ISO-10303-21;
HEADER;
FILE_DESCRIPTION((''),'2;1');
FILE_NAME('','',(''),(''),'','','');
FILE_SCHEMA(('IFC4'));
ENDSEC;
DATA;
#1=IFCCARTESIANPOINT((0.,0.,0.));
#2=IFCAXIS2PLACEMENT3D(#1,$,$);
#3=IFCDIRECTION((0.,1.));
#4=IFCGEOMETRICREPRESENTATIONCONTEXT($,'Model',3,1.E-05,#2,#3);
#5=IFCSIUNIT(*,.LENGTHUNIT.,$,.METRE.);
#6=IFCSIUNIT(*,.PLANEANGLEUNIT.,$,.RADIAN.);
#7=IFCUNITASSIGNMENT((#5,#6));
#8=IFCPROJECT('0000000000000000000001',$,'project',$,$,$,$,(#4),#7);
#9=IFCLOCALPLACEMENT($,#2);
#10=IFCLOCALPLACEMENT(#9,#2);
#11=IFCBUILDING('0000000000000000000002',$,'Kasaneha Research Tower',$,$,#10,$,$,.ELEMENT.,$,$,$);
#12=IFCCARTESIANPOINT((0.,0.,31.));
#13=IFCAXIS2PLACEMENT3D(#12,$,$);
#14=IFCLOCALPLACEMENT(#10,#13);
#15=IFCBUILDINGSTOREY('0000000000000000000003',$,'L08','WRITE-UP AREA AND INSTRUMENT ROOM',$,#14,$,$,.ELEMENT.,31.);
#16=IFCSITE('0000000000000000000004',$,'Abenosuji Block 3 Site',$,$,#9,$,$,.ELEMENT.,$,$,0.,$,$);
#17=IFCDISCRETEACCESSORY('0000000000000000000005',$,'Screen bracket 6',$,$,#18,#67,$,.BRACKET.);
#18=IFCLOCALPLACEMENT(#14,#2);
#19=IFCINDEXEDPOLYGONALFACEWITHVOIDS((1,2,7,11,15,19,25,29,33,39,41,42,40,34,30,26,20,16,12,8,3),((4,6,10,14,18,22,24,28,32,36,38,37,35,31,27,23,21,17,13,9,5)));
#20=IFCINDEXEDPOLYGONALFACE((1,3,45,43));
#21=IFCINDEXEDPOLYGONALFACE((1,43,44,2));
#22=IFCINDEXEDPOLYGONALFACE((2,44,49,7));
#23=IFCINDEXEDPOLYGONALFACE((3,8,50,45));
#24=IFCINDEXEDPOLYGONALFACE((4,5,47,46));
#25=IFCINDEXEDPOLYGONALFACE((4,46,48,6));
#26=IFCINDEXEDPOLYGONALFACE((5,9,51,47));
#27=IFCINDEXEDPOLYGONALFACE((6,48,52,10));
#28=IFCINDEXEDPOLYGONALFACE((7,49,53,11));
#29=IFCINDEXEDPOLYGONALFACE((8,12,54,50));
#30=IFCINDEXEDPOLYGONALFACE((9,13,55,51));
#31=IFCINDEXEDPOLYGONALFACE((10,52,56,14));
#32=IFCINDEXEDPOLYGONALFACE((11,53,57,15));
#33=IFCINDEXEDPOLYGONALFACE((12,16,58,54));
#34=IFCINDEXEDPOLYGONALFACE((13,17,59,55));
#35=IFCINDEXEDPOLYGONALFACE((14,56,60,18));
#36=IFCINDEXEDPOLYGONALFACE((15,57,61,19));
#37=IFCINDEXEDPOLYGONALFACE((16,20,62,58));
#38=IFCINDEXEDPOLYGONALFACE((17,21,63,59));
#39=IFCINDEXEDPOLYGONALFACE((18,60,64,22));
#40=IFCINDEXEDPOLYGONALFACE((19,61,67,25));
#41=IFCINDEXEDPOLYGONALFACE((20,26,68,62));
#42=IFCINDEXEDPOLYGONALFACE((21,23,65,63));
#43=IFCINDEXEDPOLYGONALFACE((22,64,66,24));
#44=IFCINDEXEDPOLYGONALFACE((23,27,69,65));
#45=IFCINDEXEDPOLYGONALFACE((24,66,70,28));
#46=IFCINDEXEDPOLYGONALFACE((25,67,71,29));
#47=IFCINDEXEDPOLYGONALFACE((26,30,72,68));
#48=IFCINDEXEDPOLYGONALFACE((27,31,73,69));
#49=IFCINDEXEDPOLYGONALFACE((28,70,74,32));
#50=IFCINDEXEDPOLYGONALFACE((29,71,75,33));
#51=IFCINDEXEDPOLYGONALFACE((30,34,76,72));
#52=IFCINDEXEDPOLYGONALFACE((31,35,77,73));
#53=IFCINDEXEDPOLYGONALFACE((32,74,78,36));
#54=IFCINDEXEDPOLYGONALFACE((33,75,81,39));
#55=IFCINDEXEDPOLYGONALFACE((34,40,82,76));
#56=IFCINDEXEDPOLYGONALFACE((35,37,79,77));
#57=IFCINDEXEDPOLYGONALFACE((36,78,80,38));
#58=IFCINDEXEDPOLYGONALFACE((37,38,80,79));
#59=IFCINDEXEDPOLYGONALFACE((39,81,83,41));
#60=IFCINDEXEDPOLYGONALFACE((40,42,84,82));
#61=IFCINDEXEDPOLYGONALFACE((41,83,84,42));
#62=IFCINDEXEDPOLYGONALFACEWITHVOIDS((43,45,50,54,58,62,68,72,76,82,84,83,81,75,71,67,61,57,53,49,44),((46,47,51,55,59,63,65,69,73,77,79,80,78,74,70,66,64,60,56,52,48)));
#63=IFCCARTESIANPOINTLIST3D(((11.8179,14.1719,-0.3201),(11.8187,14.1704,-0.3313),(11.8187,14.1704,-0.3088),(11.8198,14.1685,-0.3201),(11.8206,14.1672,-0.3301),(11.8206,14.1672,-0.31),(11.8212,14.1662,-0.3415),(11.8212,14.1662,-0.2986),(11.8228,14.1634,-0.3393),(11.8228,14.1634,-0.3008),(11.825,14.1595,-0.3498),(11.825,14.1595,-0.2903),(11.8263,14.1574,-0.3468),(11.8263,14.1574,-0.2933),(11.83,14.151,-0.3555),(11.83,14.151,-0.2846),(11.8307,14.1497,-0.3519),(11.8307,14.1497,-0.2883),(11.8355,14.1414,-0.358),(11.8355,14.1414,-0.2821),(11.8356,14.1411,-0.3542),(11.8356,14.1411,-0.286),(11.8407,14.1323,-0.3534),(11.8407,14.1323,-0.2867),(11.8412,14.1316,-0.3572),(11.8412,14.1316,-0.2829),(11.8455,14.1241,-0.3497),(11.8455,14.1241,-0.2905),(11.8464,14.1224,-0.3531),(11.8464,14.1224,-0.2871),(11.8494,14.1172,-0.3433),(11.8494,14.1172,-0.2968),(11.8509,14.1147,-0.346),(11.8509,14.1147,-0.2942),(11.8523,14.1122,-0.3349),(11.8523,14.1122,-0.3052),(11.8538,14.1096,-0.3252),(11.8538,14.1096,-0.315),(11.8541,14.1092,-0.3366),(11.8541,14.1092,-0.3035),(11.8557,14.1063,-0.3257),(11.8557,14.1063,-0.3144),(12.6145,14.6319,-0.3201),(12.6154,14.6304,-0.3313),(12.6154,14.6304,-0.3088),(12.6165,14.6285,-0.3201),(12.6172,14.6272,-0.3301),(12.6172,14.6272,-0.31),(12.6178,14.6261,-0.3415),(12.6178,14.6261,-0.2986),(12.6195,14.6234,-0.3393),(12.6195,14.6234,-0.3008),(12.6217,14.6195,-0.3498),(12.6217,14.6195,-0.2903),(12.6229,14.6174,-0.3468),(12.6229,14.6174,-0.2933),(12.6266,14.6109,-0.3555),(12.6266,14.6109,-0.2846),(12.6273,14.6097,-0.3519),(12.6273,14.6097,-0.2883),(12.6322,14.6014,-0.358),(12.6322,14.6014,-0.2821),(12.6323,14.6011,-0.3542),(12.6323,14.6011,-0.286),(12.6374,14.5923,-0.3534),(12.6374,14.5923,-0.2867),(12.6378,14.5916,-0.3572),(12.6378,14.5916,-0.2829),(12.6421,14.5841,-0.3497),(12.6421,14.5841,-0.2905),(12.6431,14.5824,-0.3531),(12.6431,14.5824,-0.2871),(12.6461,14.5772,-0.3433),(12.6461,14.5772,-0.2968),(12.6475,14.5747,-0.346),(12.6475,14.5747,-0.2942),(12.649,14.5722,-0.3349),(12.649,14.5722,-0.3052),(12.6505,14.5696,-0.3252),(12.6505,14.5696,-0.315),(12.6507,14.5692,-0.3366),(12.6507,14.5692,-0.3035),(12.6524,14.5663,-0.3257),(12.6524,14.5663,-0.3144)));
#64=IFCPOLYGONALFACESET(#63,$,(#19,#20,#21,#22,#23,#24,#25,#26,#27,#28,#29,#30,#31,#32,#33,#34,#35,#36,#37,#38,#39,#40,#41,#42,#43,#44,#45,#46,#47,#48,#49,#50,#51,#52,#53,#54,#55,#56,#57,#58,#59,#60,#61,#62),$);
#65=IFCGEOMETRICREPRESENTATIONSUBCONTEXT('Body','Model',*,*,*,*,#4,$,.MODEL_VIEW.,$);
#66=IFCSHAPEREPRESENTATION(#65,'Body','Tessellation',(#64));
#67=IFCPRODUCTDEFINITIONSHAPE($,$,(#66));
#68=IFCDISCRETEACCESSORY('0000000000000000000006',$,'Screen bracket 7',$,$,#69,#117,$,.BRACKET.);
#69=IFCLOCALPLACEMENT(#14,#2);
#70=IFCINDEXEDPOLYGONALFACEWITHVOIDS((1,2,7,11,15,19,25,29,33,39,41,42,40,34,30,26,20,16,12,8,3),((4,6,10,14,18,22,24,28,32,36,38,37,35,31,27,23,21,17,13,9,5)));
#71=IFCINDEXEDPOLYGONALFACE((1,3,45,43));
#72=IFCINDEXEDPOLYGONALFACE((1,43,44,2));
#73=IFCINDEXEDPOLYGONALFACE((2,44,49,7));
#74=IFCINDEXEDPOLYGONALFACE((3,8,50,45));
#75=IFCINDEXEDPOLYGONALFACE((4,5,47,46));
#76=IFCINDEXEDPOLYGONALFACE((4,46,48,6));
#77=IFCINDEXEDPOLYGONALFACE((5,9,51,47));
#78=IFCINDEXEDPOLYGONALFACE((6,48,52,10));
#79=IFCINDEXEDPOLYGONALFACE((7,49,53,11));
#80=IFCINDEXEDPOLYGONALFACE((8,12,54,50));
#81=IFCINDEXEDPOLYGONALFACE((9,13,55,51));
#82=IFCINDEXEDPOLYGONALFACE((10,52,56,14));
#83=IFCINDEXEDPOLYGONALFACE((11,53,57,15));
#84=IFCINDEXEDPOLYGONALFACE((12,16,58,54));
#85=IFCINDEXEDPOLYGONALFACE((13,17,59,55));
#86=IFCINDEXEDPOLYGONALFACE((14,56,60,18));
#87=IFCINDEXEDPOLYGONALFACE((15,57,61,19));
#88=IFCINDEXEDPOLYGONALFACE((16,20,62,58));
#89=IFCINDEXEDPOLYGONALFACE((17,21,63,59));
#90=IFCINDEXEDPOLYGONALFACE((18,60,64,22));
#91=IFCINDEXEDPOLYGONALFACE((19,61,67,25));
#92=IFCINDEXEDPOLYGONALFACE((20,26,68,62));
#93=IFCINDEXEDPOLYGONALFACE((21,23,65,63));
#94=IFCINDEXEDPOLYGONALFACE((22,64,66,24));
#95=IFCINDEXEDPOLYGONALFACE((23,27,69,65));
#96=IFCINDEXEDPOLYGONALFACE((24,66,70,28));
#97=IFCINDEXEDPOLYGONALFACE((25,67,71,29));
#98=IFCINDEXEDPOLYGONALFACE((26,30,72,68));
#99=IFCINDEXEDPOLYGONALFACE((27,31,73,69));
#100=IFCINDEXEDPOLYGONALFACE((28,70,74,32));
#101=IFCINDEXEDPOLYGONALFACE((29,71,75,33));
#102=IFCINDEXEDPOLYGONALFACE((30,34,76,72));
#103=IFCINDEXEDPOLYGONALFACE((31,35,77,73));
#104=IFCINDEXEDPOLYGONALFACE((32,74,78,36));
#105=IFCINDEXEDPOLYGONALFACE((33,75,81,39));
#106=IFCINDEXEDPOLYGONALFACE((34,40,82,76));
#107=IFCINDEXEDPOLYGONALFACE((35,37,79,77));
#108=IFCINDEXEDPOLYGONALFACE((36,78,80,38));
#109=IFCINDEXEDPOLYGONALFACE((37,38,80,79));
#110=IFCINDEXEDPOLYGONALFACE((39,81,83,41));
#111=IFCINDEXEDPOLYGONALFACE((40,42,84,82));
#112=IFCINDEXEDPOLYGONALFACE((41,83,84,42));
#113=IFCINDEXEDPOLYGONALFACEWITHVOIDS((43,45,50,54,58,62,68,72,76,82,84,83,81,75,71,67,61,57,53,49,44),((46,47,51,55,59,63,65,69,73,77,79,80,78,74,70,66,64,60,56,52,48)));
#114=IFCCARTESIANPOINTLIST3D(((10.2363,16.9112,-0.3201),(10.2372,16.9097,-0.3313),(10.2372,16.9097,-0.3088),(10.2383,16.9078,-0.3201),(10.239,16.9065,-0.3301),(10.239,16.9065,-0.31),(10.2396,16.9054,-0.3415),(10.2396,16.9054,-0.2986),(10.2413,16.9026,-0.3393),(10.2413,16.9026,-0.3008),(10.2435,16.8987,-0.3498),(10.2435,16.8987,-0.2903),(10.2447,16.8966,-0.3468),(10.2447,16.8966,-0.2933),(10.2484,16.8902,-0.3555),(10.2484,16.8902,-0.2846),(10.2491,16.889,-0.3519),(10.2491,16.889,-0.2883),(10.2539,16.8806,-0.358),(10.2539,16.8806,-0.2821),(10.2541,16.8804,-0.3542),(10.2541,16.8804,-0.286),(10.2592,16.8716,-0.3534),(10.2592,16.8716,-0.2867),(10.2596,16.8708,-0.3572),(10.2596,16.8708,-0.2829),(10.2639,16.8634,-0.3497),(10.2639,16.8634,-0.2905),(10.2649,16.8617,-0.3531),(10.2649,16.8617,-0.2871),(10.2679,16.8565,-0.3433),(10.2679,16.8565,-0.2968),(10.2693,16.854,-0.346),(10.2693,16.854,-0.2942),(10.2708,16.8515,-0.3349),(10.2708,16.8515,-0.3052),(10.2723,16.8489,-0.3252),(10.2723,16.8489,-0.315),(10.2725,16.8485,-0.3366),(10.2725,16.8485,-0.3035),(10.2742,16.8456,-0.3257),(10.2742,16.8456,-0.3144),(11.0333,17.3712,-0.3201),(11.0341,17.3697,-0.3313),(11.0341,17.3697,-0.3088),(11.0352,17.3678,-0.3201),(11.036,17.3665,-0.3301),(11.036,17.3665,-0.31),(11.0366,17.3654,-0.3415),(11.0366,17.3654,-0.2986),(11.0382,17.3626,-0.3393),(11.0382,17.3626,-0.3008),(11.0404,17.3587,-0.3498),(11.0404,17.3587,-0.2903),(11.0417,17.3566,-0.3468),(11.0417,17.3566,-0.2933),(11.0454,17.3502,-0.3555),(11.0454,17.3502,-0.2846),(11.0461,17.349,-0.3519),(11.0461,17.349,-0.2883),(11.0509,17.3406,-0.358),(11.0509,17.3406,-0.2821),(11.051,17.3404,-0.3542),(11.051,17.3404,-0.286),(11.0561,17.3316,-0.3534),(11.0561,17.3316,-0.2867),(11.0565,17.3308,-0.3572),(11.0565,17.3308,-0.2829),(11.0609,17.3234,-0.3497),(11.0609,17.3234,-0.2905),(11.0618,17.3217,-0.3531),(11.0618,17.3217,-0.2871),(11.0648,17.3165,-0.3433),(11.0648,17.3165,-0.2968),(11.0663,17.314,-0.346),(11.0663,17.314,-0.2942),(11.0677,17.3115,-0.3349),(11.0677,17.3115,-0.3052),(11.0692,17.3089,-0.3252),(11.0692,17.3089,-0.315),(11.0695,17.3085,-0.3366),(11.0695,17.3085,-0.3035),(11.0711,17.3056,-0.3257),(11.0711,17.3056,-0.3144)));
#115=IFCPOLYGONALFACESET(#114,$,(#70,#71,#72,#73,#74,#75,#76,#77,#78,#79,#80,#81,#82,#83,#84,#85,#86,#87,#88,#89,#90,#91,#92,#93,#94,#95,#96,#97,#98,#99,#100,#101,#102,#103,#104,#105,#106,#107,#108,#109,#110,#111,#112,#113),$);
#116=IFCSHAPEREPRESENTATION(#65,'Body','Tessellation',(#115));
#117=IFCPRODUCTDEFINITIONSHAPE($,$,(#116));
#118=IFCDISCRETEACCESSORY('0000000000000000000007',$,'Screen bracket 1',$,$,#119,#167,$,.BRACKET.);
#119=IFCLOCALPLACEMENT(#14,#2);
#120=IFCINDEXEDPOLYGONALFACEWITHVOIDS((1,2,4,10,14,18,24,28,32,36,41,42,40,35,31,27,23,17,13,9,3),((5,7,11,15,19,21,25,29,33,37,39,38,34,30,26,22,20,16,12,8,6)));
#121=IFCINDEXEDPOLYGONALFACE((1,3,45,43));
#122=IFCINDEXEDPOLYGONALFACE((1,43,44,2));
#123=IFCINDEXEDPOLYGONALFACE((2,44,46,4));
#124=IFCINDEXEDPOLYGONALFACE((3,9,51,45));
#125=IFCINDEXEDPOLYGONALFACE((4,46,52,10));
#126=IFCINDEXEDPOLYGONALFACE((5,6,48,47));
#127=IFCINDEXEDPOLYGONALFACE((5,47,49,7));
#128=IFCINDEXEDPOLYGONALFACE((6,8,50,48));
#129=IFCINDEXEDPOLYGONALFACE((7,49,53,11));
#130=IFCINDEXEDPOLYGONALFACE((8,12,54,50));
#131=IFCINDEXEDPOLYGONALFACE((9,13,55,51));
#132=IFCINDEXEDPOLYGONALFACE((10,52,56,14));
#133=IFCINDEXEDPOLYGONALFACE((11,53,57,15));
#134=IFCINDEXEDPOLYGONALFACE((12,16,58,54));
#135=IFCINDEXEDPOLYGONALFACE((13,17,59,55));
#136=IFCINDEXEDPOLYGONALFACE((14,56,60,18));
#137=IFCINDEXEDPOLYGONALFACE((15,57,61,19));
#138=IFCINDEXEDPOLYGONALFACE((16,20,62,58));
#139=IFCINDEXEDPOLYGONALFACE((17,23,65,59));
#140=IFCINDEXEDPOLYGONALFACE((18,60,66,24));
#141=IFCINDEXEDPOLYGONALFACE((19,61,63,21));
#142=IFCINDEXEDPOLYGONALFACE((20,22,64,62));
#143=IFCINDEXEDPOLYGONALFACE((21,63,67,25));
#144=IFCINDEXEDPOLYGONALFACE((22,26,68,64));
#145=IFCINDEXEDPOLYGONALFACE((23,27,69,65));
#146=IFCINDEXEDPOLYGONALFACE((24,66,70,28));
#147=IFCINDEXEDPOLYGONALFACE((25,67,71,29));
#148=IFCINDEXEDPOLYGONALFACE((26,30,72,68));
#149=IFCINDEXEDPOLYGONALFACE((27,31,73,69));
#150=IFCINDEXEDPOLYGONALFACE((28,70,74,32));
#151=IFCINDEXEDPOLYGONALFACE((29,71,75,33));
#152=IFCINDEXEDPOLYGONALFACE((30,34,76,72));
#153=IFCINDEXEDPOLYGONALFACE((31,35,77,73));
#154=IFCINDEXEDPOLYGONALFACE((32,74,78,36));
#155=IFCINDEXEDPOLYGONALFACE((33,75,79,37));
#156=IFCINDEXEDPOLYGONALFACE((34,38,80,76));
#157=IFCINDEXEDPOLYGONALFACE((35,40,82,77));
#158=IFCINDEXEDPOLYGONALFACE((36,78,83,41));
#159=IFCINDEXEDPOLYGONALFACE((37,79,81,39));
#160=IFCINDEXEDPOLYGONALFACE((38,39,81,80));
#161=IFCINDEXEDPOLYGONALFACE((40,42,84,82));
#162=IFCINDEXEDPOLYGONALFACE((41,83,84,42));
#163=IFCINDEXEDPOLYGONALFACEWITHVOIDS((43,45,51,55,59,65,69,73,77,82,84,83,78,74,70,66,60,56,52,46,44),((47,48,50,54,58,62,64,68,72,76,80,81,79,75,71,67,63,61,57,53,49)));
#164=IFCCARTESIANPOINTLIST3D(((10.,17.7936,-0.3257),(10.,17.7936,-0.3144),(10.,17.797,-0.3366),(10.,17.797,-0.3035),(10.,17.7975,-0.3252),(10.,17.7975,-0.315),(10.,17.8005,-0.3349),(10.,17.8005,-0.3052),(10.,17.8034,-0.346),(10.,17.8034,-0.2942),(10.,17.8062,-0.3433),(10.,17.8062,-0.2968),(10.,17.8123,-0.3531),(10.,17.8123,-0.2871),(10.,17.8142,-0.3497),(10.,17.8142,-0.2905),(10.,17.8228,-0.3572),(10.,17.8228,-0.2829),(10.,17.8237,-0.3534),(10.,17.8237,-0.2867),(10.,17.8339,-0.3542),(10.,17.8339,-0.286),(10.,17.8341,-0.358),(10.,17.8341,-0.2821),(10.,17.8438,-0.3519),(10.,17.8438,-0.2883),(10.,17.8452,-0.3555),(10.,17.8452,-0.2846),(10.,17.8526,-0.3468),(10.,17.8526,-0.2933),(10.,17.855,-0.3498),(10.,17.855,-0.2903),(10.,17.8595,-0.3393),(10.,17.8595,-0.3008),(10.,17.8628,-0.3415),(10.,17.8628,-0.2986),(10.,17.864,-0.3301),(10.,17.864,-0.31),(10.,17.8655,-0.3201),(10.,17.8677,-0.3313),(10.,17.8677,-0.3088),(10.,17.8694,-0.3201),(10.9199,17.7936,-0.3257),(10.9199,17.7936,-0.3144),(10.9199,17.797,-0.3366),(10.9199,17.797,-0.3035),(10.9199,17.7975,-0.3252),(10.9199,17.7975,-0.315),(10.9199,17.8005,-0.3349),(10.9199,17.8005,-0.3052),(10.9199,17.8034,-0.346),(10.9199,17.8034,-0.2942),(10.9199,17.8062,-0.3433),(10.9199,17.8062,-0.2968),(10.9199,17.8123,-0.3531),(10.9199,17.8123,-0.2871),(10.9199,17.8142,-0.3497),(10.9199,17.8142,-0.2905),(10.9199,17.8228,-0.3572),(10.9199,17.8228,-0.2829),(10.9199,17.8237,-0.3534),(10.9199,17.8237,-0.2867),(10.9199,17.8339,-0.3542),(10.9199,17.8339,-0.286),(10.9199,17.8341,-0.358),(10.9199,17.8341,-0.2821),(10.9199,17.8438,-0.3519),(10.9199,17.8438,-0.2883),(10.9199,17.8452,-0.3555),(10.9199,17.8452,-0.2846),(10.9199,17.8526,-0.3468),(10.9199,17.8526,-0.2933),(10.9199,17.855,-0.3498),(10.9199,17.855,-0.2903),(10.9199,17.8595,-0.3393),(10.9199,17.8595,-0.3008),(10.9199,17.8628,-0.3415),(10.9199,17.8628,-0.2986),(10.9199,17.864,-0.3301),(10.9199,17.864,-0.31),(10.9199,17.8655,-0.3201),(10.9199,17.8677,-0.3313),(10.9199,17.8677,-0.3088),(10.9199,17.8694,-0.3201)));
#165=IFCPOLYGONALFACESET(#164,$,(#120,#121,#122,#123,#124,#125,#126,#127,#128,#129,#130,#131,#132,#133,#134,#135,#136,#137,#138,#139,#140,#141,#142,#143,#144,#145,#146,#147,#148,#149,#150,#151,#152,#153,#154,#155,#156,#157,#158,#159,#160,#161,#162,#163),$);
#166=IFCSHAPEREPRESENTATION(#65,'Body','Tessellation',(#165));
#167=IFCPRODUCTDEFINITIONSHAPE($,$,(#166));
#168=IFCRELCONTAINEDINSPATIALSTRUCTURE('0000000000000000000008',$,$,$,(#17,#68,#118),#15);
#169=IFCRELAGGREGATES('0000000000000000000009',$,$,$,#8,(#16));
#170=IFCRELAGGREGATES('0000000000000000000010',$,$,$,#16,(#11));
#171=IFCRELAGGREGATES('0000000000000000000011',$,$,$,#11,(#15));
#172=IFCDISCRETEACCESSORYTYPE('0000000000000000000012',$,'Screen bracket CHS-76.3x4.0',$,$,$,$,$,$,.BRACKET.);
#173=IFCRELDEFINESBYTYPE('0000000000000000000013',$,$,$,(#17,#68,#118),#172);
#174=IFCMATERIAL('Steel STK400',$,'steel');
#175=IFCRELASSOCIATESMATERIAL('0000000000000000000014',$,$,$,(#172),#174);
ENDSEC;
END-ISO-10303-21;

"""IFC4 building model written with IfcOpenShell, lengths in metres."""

from ifc_helpers import new_model, si_unit, direction, frame, origin, origin_2d, place, context, subcontext, project, spatial, hollow_circle, extrude, material, material_profile, profile_set, type_object, element, save


model = new_model("IFC4")

# Units and contexts
model_context = context("Model", 3, precision=1e-05, world=origin(), true_north=direction((0.0, 1.0)))
body_context = subcontext(model_context, "Body", "Model", "MODEL_VIEW")
ifc_project = project(units=[si_unit("LENGTHUNIT", "METRE"), si_unit("PLANEANGLEUNIT", "RADIAN")], contexts=[model_context])

# Site, building, storey
site_placement = place(None, origin())
site = spatial("IfcSite", under=ifc_project, at=site_placement, Name="Abenosuji Block 3 Site", CompositionType="ELEMENT", RefElevation=0.0)
building_placement = place(site_placement, origin())
building = spatial("IfcBuilding", under=site, at=building_placement, Name="Kasaneha Research Tower", CompositionType="ELEMENT")
storey_placement = place(building_placement, frame((0.0, 0.0, 31.0)))
storey = spatial("IfcBuildingStorey", under=building, at=storey_placement, Name="L08", Description="WRITE-UP AREA AND INSTRUMENT ROOM", CompositionType="ELEMENT", Elevation=31.0)

# Discrete accessories
ifc_material_1 = material(Name="Steel STK400", Category="steel")
ifc_material_profile_1 = material_profile(ifc_material_1, hollow_circle(Radius=0.0381, WallThickness=0.0039, at=origin_2d()), Name="CHS-76.3x4.0")
ifc_profile_set_1 = profile_set([ifc_material_profile_1], Name="Steel STK400")
discrete_accessory_type = type_object("IfcDiscreteAccessoryType", Name="Screen bracket CHS-76.3x4.0", PredefinedType="BRACKET", material=ifc_profile_set_1)
for number, where, z_axis, x_axis, name in (
    (1, (11.8369, 14.1389, -0.3201), (0.866013, 0.500021, 0.0), (-0.500021, 0.866013, 0.0), "Screen bracket 6"),
):
    element("IfcDiscreteAccessory", number, at=place(storey_placement, frame(where, z_axis=z_axis, x_axis=x_axis)), inside=storey, type_object=discrete_accessory_type, Name=name, PredefinedType="BRACKET", context=body_context, shape_type="SweptSolid", body=[
        extrude(hollow_circle(Radius=0.0381, WallThickness=0.0039, at=origin_2d()), origin(), (0.0, 0.0, 1.0), 0.9199),
    ])
discrete_accessory_placement = place(storey_placement, frame((10.2554, 16.8782, -0.3201), z_axis=(0.86608, 0.499906, 0.0), x_axis=(-0.499906, 0.86608, 0.0)))
element("IfcDiscreteAccessory", 2, at=discrete_accessory_placement, inside=storey, type_object=discrete_accessory_type, Name="Screen bracket 7", PredefinedType="BRACKET", context=body_context, shape_type="SweptSolid", body=[
    extrude(hollow_circle(Radius=0.0381, WallThickness=0.0039, at=origin_2d()), origin(), (0.0, 0.0, 1.0), 0.9202),
])
for number, where, z_axis, x_axis, name in (
    (3, (10.0, 17.8313, -0.3201), (1.0, 0.0, 0.0), (0.0, 1.0, 0.0), "Screen bracket 1"),
):
    element("IfcDiscreteAccessory", number, at=place(storey_placement, frame(where, z_axis=z_axis, x_axis=x_axis)), inside=storey, type_object=discrete_accessory_type, Name=name, PredefinedType="BRACKET", context=body_context, shape_type="SweptSolid", body=[
        extrude(hollow_circle(Radius=0.0381, WallThickness=0.0039, at=origin_2d()), origin(), (0.0, 0.0, 1.0), 0.9199),
    ])

save(model, "model.ifc")
